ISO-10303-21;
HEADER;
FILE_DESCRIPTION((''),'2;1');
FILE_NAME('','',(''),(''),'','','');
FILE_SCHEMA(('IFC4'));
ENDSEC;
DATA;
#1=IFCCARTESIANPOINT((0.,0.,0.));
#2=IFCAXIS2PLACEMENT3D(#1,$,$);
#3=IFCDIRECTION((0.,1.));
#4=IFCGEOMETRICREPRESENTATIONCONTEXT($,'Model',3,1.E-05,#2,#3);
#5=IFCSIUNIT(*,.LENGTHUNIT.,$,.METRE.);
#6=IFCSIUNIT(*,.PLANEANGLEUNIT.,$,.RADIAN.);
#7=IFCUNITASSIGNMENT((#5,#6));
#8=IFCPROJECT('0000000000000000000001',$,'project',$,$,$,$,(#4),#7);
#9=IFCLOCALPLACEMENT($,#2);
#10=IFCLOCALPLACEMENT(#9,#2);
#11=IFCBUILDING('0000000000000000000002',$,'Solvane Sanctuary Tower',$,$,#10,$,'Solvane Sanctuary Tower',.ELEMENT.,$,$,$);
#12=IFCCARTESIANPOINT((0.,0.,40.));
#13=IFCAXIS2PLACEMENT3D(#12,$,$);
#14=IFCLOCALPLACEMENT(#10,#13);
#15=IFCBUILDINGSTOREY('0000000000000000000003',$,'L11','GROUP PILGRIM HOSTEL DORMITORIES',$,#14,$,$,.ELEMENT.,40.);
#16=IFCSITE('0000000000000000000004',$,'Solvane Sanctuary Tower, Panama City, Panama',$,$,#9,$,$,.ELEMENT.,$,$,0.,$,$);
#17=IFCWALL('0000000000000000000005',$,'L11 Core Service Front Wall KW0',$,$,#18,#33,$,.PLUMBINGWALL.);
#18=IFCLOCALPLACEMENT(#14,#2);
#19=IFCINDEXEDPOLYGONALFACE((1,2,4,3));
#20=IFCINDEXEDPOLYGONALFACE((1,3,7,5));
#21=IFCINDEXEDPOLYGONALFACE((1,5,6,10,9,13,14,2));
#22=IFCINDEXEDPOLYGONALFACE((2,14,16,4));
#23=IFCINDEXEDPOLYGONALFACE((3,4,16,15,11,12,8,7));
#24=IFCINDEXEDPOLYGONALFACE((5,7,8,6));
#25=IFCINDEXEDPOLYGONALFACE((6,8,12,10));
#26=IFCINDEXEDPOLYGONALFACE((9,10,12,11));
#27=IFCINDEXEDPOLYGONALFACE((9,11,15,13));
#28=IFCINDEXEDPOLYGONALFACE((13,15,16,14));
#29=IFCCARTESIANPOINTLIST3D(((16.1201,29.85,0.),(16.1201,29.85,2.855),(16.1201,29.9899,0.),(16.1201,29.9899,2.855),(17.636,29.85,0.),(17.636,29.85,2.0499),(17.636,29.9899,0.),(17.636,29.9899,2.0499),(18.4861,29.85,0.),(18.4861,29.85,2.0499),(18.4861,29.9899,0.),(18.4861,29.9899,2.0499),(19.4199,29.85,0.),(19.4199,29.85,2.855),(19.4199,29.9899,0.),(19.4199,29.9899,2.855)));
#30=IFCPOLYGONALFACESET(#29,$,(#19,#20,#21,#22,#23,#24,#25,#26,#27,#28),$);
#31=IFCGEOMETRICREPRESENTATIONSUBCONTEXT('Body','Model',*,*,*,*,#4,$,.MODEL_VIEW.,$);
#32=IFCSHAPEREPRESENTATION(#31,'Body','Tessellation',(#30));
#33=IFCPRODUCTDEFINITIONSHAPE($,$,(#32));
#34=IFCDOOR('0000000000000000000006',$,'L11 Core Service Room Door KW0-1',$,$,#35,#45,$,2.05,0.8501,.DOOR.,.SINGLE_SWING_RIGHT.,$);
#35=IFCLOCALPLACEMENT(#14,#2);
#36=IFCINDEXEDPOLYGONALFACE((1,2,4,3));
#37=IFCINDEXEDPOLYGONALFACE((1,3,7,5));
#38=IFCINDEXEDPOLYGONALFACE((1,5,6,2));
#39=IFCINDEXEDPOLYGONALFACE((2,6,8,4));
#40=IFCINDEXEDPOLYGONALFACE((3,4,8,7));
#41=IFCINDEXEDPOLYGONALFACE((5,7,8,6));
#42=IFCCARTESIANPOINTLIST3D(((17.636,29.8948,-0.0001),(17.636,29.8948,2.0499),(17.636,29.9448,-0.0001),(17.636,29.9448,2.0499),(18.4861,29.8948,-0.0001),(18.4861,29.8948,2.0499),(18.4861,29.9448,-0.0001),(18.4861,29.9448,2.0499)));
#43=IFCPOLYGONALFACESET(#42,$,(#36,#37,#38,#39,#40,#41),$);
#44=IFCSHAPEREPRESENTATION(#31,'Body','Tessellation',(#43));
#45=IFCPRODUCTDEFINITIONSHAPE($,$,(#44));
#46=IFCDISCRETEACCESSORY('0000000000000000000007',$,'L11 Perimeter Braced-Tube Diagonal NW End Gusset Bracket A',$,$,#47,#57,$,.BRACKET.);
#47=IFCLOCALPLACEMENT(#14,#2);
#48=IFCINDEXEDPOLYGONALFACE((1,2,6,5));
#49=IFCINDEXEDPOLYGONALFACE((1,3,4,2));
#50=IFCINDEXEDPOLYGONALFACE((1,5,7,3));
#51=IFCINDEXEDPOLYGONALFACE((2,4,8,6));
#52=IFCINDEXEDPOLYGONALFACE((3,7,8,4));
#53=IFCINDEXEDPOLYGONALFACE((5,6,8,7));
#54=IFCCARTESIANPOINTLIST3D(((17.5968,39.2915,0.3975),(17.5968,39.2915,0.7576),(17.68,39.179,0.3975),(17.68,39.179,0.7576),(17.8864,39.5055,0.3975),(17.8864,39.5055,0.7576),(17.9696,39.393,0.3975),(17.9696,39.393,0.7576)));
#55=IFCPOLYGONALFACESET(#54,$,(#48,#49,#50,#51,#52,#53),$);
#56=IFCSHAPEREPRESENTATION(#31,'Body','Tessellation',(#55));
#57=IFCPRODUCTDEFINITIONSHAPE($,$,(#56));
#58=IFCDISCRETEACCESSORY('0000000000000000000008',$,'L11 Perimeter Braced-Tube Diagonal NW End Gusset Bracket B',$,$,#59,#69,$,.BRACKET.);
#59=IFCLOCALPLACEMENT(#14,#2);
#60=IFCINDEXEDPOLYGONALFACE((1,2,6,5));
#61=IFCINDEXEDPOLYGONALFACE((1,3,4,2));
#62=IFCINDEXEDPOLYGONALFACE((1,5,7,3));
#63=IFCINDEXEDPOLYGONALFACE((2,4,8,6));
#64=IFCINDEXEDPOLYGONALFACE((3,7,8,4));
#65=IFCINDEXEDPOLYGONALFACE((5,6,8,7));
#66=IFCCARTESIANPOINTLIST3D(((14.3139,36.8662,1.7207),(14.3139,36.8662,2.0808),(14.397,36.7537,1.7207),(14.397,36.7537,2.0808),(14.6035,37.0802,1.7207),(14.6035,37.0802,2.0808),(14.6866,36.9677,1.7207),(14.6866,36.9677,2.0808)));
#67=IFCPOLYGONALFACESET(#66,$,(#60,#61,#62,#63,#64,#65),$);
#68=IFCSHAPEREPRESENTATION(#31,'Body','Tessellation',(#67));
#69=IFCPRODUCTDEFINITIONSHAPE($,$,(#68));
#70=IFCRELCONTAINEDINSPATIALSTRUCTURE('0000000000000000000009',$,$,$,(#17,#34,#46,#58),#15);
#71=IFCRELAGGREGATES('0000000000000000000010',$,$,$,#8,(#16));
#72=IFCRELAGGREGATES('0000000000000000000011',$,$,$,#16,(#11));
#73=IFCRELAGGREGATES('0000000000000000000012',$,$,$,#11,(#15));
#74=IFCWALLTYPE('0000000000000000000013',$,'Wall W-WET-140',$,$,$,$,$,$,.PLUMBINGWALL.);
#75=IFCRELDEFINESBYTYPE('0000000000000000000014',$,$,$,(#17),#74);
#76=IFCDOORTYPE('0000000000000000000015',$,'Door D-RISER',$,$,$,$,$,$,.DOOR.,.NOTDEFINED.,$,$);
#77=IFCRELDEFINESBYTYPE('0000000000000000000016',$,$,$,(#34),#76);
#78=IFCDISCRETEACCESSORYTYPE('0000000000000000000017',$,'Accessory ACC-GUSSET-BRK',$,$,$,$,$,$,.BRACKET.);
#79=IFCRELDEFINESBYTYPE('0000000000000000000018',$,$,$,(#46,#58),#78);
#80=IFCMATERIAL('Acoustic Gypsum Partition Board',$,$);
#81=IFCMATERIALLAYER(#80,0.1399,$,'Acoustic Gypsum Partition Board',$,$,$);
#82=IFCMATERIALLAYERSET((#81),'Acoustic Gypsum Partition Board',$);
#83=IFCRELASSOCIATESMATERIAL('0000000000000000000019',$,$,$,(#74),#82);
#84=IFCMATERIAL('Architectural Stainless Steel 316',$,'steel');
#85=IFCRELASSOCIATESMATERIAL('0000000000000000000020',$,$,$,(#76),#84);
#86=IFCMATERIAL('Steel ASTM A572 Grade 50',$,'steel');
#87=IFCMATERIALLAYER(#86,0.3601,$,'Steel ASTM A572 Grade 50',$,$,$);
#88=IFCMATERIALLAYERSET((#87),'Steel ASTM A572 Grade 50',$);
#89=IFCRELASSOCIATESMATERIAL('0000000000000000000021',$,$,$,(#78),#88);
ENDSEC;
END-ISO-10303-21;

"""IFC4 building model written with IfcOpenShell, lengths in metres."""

from ifc_helpers import new_model, si_unit, direction, frame, frame_2d, origin, origin_2d, place, context, subcontext, project, spatial, rectangle, extrude, material, layer, layer_set, type_object, element, fill, save


model = new_model("IFC4")

# Units and contexts
model_context = context("Model", 3, precision=1e-05, world=origin(), true_north=direction((0.0, 1.0)))
body_context = subcontext(model_context, "Body", "Model", "MODEL_VIEW")
ifc_project = project(units=[si_unit("LENGTHUNIT", "METRE"), si_unit("PLANEANGLEUNIT", "RADIAN")], contexts=[model_context])

# Site, building, storey
site_placement = place(None, origin())
site = spatial("IfcSite", under=ifc_project, at=site_placement, Name="Solvane Sanctuary Tower, Panama City, Panama", CompositionType="ELEMENT", RefElevation=0.0)
building_placement = place(site_placement, origin())
building = spatial("IfcBuilding", under=site, at=building_placement, Name="Solvane Sanctuary Tower", LongName="Solvane Sanctuary Tower", CompositionType="ELEMENT")
storey_placement = place(building_placement, frame((0.0, 0.0, 40.0)))
storey = spatial("IfcBuildingStorey", under=building, at=storey_placement, Name="L11", Description="GROUP PILGRIM HOSTEL DORMITORIES", CompositionType="ELEMENT", Elevation=40.0)

# Shared definitions
ifc_material_1 = material(Name="Acoustic Gypsum Partition Board")

# Shared definitions
ifc_material_2 = material(Name="Architectural Stainless Steel 316", Category="steel")

# Wall, opening, door
ifc_layer_1 = layer(ifc_material_1, 0.1399, Name="Acoustic Gypsum Partition Board")
ifc_layer_set_1 = layer_set([ifc_layer_1], Name="Acoustic Gypsum Partition Board")
wall_type_1 = type_object("IfcWallType", Name="Wall W-WET-140", PredefinedType="PLUMBINGWALL", material=ifc_layer_set_1)
wall_1_placement = place(storey_placement, frame((16.1201, 29.9199, 0.0), z_axis=(0.0, 0.0, 1.0), x_axis=(1.0, 0.0, 0.0)))
wall_1 = element("IfcWall", 1, at=wall_1_placement, inside=storey, type_object=wall_type_1, Name="L11 Core Service Front Wall KW0", PredefinedType="PLUMBINGWALL", context=body_context, shape_type="SweptSolid", body=[
    extrude(rectangle(XDim=3.2998, YDim=0.1399, at=frame_2d((1.6499, 0.0))), origin(), (0.0, 0.0, 1.0), 2.855),
])
opening_1_placement = place(wall_1_placement, frame((1.5159, 0.0, 0.0)))
opening_1 = element("IfcOpeningElement", 2, at=opening_1_placement, cuts=wall_1, PredefinedType="OPENING", context=body_context, shape_type="SweptSolid", body=[
    extrude(rectangle(XDim=0.8501, YDim=2.05, at=frame_2d((0.425, 1.0249))), frame((0.0, 0.0798, 0.0), z_axis=(0.0, -1.0, 0.0), x_axis=(1.0, 0.0, 0.0)), (0.0, 0.0, 1.0), 0.1599),
])
door_type_1 = type_object("IfcDoorType", Name="Door D-RISER", OperationType="NOTDEFINED", PredefinedType="DOOR", material=ifc_material_2)
door_1_placement = place(opening_1_placement, origin())
door_1 = element("IfcDoor", 3, at=door_1_placement, inside=storey, type_object=door_type_1, Name="L11 Core Service Room Door KW0-1", OperationType="SINGLE_SWING_RIGHT", OverallHeight=2.05, OverallWidth=0.8501, PredefinedType="DOOR", context=body_context, shape_type="SweptSolid", body=[
    extrude(rectangle(XDim=0.8501, YDim=2.05, at=frame_2d((0.425, 1.0249))), frame((0.0, 0.0249, 0.0), z_axis=(0.0, -1.0, 0.0), x_axis=(1.0, 0.0, 0.0)), (0.0, 0.0, 1.0), 0.05),
])
fill(opening_1, door_1)

# Discrete accessories
ifc_material_3 = material(Name="Steel ASTM A572 Grade 50", Category="steel")
ifc_layer_2 = layer(ifc_material_3, 0.3601, Name="Steel ASTM A572 Grade 50")
ifc_layer_set_2 = layer_set([ifc_layer_2], Name="Steel ASTM A572 Grade 50")
discrete_accessory_type = type_object("IfcDiscreteAccessoryType", Name="Accessory ACC-GUSSET-BRK", PredefinedType="BRACKET", material=ifc_layer_set_2)
for number, where, z_axis, x_axis, name in (
    (4, (17.7832, 39.3423, 0.3975), (0.0, 0.0, 1.0), (-0.804272, -0.594261, 0.0), "L11 Perimeter Braced-Tube Diagonal NW End Gusset Bracket A"),
    (5, (14.5002, 36.917, 1.7207), (0.0, 0.0, 1.0), (-0.804272, -0.594261, 0.0), "L11 Perimeter Braced-Tube Diagonal NW End Gusset Bracket B"),
):
    element("IfcDiscreteAccessory", number, at=place(storey_placement, frame(where, z_axis=z_axis, x_axis=x_axis)), inside=storey, type_object=discrete_accessory_type, Name=name, PredefinedType="BRACKET", context=body_context, shape_type="SweptSolid", body=[
        extrude(rectangle(XDim=0.3601, YDim=0.1399, at=origin_2d()), origin(), (0.0, 0.0, 1.0), 0.3601),
    ])

save(model, "model.ifc")
